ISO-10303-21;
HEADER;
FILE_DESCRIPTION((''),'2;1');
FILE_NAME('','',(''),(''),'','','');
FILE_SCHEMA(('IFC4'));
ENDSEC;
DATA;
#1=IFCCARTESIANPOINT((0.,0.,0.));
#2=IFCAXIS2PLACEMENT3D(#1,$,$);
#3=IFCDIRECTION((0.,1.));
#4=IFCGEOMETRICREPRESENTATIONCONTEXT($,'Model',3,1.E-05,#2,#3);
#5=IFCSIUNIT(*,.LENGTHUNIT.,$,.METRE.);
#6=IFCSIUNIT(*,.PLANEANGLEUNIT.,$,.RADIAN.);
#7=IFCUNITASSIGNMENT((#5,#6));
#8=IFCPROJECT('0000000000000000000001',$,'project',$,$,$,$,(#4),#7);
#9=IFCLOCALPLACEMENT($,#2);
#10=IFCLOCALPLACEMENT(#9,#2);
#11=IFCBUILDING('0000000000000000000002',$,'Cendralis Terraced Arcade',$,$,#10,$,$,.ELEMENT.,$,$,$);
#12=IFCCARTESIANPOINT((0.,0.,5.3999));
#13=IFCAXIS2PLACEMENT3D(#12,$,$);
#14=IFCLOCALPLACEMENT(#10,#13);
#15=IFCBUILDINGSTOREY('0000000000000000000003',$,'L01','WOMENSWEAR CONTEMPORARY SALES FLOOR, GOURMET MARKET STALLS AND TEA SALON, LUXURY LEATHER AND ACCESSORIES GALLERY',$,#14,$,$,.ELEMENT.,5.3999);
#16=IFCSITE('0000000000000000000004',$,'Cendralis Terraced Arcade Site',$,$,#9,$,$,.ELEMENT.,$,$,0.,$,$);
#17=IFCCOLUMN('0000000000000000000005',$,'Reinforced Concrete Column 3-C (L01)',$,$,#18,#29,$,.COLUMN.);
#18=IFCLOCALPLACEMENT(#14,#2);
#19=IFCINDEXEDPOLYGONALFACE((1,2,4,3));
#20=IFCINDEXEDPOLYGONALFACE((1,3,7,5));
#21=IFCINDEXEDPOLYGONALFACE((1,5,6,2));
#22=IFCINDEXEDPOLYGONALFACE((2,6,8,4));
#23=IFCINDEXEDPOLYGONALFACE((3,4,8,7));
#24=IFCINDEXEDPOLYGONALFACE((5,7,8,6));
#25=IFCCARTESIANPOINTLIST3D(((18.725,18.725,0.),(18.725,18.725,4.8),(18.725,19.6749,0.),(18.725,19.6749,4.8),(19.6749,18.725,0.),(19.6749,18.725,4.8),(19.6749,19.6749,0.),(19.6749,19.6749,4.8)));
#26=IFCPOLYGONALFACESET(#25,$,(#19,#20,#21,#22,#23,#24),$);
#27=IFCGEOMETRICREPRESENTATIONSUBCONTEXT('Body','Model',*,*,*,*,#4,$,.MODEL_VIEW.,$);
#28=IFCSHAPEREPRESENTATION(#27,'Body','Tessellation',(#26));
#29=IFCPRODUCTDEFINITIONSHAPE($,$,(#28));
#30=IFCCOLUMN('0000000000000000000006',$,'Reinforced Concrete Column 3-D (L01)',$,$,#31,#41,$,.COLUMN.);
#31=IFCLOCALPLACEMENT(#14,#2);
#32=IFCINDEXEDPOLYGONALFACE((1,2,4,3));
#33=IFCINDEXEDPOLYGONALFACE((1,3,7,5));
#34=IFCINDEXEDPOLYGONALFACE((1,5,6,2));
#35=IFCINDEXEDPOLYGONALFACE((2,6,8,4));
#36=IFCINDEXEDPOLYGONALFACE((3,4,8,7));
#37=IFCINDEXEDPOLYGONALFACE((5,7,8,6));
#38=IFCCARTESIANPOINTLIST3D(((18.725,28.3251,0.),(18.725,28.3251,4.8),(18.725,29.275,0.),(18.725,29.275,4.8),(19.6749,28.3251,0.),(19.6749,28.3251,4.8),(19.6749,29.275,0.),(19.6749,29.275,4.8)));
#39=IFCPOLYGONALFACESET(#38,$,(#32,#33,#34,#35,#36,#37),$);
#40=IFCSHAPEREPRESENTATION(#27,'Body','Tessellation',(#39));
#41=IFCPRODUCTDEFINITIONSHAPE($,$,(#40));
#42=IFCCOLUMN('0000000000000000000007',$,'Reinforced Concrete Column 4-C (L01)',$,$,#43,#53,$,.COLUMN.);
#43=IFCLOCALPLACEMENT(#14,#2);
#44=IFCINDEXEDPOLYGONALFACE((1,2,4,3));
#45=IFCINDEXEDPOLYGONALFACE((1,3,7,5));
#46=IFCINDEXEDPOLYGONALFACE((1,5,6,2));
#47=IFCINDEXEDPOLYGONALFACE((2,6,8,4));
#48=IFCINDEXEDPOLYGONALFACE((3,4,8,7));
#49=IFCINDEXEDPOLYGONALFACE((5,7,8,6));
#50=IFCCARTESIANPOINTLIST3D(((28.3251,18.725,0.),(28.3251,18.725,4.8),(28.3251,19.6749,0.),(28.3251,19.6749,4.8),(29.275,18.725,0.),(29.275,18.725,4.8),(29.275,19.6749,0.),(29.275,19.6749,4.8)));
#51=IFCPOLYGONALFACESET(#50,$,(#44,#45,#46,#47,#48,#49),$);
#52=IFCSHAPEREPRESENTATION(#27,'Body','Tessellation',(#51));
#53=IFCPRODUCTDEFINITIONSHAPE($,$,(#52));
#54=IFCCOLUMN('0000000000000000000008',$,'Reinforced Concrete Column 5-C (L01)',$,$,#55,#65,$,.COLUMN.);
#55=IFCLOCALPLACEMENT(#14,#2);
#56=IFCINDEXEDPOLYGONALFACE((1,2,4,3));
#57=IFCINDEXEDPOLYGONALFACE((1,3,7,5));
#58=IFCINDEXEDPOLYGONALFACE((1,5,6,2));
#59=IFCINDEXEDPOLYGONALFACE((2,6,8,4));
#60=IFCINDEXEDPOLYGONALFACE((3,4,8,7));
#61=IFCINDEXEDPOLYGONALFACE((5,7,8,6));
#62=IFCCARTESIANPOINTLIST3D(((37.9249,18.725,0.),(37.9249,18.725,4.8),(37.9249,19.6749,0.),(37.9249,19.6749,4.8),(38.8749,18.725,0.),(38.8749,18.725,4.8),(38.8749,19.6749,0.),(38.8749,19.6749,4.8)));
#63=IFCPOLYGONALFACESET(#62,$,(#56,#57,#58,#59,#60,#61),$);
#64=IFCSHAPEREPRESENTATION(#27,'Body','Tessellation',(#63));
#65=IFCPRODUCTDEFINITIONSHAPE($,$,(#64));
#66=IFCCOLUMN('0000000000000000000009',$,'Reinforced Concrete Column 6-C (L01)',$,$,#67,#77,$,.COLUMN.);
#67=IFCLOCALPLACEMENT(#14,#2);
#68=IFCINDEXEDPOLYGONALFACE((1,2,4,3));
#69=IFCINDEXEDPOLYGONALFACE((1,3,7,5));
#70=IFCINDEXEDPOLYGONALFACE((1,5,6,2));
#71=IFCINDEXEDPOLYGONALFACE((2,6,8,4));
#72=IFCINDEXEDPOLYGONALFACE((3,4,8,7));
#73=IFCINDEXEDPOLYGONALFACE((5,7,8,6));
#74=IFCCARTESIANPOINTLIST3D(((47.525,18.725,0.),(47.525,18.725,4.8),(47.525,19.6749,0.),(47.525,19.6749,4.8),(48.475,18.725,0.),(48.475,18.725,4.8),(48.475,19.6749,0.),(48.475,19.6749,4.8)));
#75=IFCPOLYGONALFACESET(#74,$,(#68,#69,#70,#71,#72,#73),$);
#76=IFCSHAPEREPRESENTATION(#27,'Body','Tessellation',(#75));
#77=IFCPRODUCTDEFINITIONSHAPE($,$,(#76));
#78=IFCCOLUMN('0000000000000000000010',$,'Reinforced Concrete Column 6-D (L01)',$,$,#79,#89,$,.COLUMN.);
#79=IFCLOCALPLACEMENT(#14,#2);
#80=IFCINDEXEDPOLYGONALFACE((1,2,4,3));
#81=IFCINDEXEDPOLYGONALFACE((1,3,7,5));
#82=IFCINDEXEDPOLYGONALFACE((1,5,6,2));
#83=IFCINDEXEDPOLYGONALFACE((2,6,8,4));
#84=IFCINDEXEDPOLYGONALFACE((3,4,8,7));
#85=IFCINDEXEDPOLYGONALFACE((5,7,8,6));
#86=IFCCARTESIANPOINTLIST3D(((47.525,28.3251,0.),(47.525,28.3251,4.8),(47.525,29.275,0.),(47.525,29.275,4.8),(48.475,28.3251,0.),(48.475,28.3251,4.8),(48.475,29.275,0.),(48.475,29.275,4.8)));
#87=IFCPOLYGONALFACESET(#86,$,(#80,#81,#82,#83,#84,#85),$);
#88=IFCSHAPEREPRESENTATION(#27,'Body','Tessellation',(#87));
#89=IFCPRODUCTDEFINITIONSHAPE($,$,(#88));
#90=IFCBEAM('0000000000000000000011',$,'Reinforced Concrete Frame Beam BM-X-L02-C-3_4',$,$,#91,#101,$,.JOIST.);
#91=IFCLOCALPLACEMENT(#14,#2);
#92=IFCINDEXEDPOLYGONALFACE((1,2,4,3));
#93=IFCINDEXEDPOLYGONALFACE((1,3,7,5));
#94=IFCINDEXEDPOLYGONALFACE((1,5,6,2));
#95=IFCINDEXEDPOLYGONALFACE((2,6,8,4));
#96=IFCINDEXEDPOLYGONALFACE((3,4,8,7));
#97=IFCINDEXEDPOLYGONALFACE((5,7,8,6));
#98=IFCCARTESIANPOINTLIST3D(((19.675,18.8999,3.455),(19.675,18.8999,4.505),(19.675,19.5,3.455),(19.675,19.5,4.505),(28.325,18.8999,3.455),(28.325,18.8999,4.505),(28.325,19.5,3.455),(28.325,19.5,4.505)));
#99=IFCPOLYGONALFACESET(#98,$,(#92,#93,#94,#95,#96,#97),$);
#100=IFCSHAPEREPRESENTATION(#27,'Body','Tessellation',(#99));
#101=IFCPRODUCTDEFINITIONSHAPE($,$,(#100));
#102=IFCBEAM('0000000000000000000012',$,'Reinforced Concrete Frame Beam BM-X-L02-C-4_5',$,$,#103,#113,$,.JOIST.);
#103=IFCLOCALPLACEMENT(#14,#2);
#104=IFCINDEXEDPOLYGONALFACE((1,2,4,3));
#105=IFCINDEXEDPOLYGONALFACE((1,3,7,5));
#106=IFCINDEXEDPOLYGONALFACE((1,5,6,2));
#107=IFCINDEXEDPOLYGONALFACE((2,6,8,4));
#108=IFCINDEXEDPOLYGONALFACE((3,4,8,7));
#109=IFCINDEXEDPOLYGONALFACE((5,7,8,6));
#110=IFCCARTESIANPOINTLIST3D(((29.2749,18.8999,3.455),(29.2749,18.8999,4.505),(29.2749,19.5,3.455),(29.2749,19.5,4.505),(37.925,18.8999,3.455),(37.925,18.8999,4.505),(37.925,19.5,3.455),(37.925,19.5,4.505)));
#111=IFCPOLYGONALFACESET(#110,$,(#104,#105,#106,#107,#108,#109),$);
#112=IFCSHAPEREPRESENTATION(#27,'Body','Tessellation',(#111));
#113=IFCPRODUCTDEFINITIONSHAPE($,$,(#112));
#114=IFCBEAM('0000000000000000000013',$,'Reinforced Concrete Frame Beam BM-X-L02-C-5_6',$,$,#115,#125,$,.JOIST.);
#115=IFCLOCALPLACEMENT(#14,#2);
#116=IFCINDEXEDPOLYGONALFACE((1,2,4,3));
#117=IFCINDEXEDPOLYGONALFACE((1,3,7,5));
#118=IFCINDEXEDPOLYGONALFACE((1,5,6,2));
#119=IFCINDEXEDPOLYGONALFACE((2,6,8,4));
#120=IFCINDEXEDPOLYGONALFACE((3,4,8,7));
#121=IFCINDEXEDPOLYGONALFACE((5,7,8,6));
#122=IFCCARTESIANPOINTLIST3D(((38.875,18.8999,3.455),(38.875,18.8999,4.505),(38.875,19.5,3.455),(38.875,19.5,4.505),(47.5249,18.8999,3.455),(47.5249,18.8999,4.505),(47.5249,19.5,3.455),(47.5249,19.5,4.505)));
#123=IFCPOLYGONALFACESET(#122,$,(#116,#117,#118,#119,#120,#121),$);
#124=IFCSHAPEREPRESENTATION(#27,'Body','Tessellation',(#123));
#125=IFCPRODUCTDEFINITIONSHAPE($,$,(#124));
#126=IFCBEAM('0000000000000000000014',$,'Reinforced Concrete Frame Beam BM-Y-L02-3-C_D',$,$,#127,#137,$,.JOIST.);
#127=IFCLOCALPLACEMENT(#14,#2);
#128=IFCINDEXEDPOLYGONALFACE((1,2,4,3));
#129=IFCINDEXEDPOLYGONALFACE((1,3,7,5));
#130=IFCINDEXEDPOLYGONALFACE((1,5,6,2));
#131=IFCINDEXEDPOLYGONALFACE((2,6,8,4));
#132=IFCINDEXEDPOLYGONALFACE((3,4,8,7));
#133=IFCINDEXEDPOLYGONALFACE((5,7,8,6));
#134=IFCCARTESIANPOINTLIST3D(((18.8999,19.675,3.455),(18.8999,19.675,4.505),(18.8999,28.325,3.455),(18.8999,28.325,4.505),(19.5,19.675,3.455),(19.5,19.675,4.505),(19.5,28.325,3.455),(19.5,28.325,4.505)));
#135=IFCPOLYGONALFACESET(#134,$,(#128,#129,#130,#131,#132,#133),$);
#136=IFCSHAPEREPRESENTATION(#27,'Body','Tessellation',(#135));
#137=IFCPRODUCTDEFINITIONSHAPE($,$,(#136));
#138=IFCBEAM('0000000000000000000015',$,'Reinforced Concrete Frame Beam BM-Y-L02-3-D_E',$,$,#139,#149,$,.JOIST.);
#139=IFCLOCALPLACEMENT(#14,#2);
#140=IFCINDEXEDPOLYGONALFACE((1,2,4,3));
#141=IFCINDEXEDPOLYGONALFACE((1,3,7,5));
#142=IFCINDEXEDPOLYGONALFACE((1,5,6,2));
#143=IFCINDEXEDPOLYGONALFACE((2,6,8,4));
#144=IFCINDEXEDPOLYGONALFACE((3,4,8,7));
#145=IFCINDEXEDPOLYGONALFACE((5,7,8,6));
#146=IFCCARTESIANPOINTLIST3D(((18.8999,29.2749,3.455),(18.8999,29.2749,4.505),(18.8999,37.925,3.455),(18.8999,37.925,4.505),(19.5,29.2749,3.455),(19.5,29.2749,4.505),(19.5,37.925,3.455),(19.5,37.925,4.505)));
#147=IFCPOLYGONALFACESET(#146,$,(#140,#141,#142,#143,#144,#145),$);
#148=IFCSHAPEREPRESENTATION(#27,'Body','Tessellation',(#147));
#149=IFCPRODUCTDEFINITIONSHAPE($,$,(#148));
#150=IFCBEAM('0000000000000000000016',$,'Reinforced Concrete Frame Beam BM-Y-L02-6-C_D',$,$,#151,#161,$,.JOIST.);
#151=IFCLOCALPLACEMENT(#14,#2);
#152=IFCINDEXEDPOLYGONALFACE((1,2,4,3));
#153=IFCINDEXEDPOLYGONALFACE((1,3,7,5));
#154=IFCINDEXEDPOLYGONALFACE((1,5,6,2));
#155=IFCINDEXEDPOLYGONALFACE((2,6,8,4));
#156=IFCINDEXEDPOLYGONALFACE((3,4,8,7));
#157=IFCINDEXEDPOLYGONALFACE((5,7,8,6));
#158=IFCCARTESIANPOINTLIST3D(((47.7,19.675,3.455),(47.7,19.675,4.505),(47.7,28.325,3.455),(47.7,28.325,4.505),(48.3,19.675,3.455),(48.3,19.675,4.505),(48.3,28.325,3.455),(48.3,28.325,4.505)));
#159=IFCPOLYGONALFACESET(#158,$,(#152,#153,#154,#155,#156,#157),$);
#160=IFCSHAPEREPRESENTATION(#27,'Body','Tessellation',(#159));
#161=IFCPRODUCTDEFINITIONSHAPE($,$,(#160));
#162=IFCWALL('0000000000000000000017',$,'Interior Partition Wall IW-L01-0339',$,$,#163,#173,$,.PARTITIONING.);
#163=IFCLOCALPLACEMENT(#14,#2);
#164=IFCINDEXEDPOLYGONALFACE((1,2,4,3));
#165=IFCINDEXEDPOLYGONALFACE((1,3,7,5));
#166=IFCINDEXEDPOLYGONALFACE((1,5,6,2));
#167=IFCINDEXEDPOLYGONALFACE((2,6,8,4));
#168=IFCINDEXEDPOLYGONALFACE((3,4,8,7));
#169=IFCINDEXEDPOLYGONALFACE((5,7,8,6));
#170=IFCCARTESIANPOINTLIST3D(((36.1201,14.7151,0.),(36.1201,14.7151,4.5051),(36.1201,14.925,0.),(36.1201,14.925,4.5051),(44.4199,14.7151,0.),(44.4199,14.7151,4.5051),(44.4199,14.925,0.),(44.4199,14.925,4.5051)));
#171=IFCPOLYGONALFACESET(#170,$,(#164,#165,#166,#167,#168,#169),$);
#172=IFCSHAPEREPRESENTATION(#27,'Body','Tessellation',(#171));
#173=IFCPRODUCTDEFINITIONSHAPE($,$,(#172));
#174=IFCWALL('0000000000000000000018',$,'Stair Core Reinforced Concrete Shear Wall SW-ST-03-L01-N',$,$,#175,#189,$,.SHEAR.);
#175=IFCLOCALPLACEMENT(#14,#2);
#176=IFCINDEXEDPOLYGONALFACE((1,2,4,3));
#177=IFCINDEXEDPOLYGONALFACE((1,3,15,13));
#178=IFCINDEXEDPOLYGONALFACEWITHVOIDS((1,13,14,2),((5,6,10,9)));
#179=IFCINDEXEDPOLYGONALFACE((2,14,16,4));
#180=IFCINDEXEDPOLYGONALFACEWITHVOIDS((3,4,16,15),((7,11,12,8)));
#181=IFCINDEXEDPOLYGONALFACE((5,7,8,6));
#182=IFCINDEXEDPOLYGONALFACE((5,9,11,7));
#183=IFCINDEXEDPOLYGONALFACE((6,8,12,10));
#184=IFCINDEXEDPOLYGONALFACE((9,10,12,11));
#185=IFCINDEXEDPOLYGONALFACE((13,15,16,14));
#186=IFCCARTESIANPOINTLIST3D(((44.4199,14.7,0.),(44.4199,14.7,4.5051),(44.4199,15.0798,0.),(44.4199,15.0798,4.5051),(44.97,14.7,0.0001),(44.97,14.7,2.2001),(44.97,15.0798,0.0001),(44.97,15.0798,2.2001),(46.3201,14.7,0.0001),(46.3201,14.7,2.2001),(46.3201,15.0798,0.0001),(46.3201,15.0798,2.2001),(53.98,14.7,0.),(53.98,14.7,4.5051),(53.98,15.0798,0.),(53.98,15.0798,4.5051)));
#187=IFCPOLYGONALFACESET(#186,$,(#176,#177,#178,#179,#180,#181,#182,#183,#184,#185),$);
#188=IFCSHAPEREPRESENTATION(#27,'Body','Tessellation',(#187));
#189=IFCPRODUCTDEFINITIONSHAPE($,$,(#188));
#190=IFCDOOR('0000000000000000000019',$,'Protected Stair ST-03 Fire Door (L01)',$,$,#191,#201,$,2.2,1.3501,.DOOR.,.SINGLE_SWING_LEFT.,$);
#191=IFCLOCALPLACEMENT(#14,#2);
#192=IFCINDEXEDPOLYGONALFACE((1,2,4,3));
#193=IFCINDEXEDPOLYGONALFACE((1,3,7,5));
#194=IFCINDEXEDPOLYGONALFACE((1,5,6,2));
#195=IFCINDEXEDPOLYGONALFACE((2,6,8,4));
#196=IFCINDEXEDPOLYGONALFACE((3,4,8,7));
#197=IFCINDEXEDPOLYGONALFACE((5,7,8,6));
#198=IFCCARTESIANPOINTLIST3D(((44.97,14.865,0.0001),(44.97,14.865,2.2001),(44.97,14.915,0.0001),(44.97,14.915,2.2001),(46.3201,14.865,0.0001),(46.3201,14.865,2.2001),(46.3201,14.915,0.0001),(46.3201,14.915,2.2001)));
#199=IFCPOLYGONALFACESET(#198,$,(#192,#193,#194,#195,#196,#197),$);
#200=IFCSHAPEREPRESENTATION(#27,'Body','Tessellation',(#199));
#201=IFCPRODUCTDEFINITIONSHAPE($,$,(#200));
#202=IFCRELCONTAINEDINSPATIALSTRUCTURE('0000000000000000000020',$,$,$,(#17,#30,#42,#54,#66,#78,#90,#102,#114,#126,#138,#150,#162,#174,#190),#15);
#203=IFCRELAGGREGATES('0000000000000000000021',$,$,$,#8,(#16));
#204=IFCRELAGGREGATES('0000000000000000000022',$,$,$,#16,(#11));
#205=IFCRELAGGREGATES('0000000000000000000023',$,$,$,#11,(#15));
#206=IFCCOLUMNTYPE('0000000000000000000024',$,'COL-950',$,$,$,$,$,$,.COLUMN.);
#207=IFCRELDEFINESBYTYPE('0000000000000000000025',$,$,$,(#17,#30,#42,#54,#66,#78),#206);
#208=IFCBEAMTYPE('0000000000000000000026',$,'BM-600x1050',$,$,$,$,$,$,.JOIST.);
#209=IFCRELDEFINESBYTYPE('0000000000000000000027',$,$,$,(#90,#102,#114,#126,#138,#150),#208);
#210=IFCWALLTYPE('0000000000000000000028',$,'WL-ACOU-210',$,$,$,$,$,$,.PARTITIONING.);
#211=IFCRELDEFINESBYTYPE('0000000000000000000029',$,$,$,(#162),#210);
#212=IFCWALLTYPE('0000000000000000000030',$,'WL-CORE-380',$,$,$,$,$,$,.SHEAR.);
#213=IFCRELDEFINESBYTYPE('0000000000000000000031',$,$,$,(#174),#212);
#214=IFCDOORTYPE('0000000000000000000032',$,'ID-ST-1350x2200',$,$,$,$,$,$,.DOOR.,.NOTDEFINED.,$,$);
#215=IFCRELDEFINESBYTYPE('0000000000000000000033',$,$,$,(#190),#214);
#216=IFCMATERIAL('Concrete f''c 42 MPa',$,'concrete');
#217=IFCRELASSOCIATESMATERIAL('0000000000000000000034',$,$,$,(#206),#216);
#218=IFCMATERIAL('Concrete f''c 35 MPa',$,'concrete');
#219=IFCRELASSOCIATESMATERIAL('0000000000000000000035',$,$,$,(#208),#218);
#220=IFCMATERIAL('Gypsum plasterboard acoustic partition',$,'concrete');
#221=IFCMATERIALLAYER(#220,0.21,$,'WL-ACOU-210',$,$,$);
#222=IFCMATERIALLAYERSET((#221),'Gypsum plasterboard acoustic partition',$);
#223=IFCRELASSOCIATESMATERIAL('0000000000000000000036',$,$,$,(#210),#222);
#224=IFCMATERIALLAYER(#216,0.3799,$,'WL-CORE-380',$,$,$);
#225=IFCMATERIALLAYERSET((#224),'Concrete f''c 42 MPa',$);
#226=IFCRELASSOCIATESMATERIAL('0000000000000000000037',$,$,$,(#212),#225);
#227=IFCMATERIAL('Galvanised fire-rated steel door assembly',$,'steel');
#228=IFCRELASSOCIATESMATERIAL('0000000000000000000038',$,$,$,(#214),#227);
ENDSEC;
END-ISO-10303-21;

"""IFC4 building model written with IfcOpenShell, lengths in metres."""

from ifc_helpers import new_model, si_unit, direction, frame, frame_2d, origin, origin_2d, place, context, subcontext, project, spatial, rectangle, extrude, material, layer, layer_set, material_profile, profile_set, type_object, element, fill, save


model = new_model("IFC4")

# Units and contexts
model_context = context("Model", 3, precision=1e-05, world=origin(), true_north=direction((0.0, 1.0)))
body_context = subcontext(model_context, "Body", "Model", "MODEL_VIEW")
ifc_project = project(units=[si_unit("LENGTHUNIT", "METRE"), si_unit("PLANEANGLEUNIT", "RADIAN")], contexts=[model_context])

# Site, building, storey
site_placement = place(None, origin())
site = spatial("IfcSite", under=ifc_project, at=site_placement, Name="Cendralis Terraced Arcade Site", CompositionType="ELEMENT", RefElevation=0.0)
building_placement = place(site_placement, origin())
building = spatial("IfcBuilding", under=site, at=building_placement, Name="Cendralis Terraced Arcade", CompositionType="ELEMENT")
storey_placement = place(building_placement, frame((0.0, 0.0, 5.3999)))
storey = spatial("IfcBuildingStorey", under=building, at=storey_placement, Name="L01", Description="WOMENSWEAR CONTEMPORARY SALES FLOOR, GOURMET MARKET STALLS AND TEA SALON, LUXURY LEATHER AND ACCESSORIES GALLERY", CompositionType="ELEMENT", Elevation=5.3999)

# Columns
ifc_material_1 = material(Name="Concrete f'c 42 MPa", Category="concrete")
ifc_material_profile_1 = material_profile(ifc_material_1, rectangle(XDim=0.95, YDim=0.95, at=origin_2d()), Name="RC-COL-950x950", Category="LoadBearing")
ifc_profile_set_1 = profile_set([ifc_material_profile_1], Name="Concrete f'c 42 MPa")
column_type = type_object("IfcColumnType", Name="COL-950", PredefinedType="COLUMN", material=ifc_profile_set_1)
for number, where, z_axis, x_axis, name in (
    (1, (19.2, 19.2, 0.0), (0.0, 0.0, 1.0), (1.0, 0.0, 0.0), "Reinforced Concrete Column 3-C (L01)"),
    (2, (19.2, 28.8, 0.0), (0.0, 0.0, 1.0), (1.0, 0.0, 0.0), "Reinforced Concrete Column 3-D (L01)"),
    (3, (28.8, 19.2, 0.0), (0.0, 0.0, 1.0), (1.0, 0.0, 0.0), "Reinforced Concrete Column 4-C (L01)"),
    (4, (38.3999, 19.2, 0.0), (0.0, 0.0, 1.0), (1.0, 0.0, 0.0), "Reinforced Concrete Column 5-C (L01)"),
    (5, (48.0, 19.2, 0.0), (0.0, 0.0, 1.0), (1.0, 0.0, 0.0), "Reinforced Concrete Column 6-C (L01)"),
    (6, (48.0, 28.8, 0.0), (0.0, 0.0, 1.0), (1.0, 0.0, 0.0), "Reinforced Concrete Column 6-D (L01)"),
):
    element("IfcColumn", number, at=place(storey_placement, frame(where, z_axis=z_axis, x_axis=x_axis)), inside=storey, type_object=column_type, Name=name, PredefinedType="COLUMN", context=body_context, shape_type="SweptSolid", body=[
        extrude(rectangle(XDim=0.95, YDim=0.95, at=origin_2d()), origin(), (0.0, 0.0, 1.0), 4.8),
    ])

# Beams
ifc_material_2 = material(Name="Concrete f'c 35 MPa", Category="concrete")
ifc_material_profile_2 = material_profile(ifc_material_2, rectangle(XDim=0.6001, YDim=1.05, at=origin_2d()), Name="RC-BM-600x1050", Category="LoadBearing")
ifc_profile_set_2 = profile_set([ifc_material_profile_2], Name="Concrete f'c 35 MPa")
beam_type = type_object("IfcBeamType", Name="BM-600x1050", PredefinedType="JOIST", material=ifc_profile_set_2)
beam_1_placement = place(storey_placement, frame((19.675, 19.2, 3.98), z_axis=(1.0, 0.0, 0.0), x_axis=(0.0, 1.0, 0.0)))
element("IfcBeam", 7, at=beam_1_placement, inside=storey, type_object=beam_type, Name="Reinforced Concrete Frame Beam BM-X-L02-C-3_4", PredefinedType="JOIST", context=body_context, shape_type="SweptSolid", body=[
    extrude(rectangle(XDim=0.6001, YDim=1.05, at=origin_2d()), origin(), (0.0, 0.0, 1.0), 8.6499),
])
beam_2_placement = place(storey_placement, frame((29.2749, 19.2, 3.98), z_axis=(1.0, 0.0, 0.0), x_axis=(0.0, 1.0, 0.0)))
element("IfcBeam", 8, at=beam_2_placement, inside=storey, type_object=beam_type, Name="Reinforced Concrete Frame Beam BM-X-L02-C-4_5", PredefinedType="JOIST", context=body_context, shape_type="SweptSolid", body=[
    extrude(rectangle(XDim=0.6001, YDim=1.05, at=origin_2d()), origin(), (0.0, 0.0, 1.0), 8.6501),
])
for number, where, z_axis, x_axis, name in (
    (9, (38.875, 19.2, 3.98), (1.0, 0.0, 0.0), (0.0, 1.0, 0.0), "Reinforced Concrete Frame Beam BM-X-L02-C-5_6"),
    (10, (19.2, 19.675, 3.98), (0.0, 1.0, 0.0), (-1.0, 0.0, 0.0), "Reinforced Concrete Frame Beam BM-Y-L02-3-C_D"),
):
    element("IfcBeam", number, at=place(storey_placement, frame(where, z_axis=z_axis, x_axis=x_axis)), inside=storey, type_object=beam_type, Name=name, PredefinedType="JOIST", context=body_context, shape_type="SweptSolid", body=[
        extrude(rectangle(XDim=0.6001, YDim=1.05, at=origin_2d()), origin(), (0.0, 0.0, 1.0), 8.6499),
    ])
beam_3_placement = place(storey_placement, frame((19.2, 29.2749, 3.98), z_axis=(0.0, 1.0, 0.0), x_axis=(-1.0, 0.0, 0.0)))
element("IfcBeam", 11, at=beam_3_placement, inside=storey, type_object=beam_type, Name="Reinforced Concrete Frame Beam BM-Y-L02-3-D_E", PredefinedType="JOIST", context=body_context, shape_type="SweptSolid", body=[
    extrude(rectangle(XDim=0.6001, YDim=1.05, at=origin_2d()), origin(), (0.0, 0.0, 1.0), 8.6501),
])
beam_4_placement = place(storey_placement, frame((48.0, 19.675, 3.98), z_axis=(0.0, 1.0, 0.0), x_axis=(-1.0, 0.0, 0.0)))
element("IfcBeam", 12, at=beam_4_placement, inside=storey, type_object=beam_type, Name="Reinforced Concrete Frame Beam BM-Y-L02-6-C_D", PredefinedType="JOIST", context=body_context, shape_type="SweptSolid", body=[
    extrude(rectangle(XDim=0.6001, YDim=1.05, at=origin_2d()), origin(), (0.0, 0.0, 1.0), 8.6499),
])

# Wall
ifc_material_3 = material(Name="Gypsum plasterboard acoustic partition", Category="concrete")
ifc_layer_1 = layer(ifc_material_3, 0.21, Name="WL-ACOU-210")
ifc_layer_set_1 = layer_set([ifc_layer_1], Name="Gypsum plasterboard acoustic partition")
wall_type_1 = type_object("IfcWallType", Name="WL-ACOU-210", PredefinedType="PARTITIONING", material=ifc_layer_set_1)
wall_1_placement = place(storey_placement, frame((36.1201, 14.8201, 0.0), z_axis=(0.0, 0.0, 1.0), x_axis=(1.0, 0.0, 0.0)))
element("IfcWall", 13, at=wall_1_placement, inside=storey, type_object=wall_type_1, Name="Interior Partition Wall IW-L01-0339", PredefinedType="PARTITIONING", context=body_context, shape_type="SweptSolid", body=[
    extrude(rectangle(XDim=8.2998, YDim=0.21, at=frame_2d((4.1499, 0.0))), origin(), (0.0, 0.0, 1.0), 4.5051),
])

# Wall, opening, door
ifc_layer_2 = layer(ifc_material_1, 0.3799, Name="WL-CORE-380")
ifc_layer_set_2 = layer_set([ifc_layer_2], Name="Concrete f'c 42 MPa")
wall_type_2 = type_object("IfcWallType", Name="WL-CORE-380", PredefinedType="SHEAR", material=ifc_layer_set_2)
wall_2_placement = place(storey_placement, frame((44.4199, 14.8899, 0.0), z_axis=(0.0, 0.0, 1.0), x_axis=(1.0, 0.0, 0.0)))
wall_2 = element("IfcWall", 14, at=wall_2_placement, inside=storey, type_object=wall_type_2, Name="Stair Core Reinforced Concrete Shear Wall SW-ST-03-L01-N", PredefinedType="SHEAR", context=body_context, shape_type="SweptSolid", body=[
    extrude(rectangle(XDim=9.5601, YDim=0.3799, at=frame_2d((4.78, 0.0))), origin(), (0.0, 0.0, 1.0), 4.5051),
])
opening_1_placement = place(wall_2_placement, frame((0.55, 0.0, 0.0)))
opening_1 = element("IfcOpeningElement", 15, at=opening_1_placement, cuts=wall_2, PredefinedType="OPENING", context=body_context, shape_type="SweptSolid", body=[
    extrude(rectangle(XDim=1.3501, YDim=2.2, at=frame_2d((0.675, 1.1001))), frame((0.0, 0.2019, 0.0), z_axis=(0.0, -1.0, 0.0), x_axis=(1.0, 0.0, 0.0)), (0.0, 0.0, 1.0), 0.4038),
])
ifc_material_4 = material(Name="Galvanised fire-rated steel door assembly", Category="steel")
door_type_1 = type_object("IfcDoorType", Name="ID-ST-1350x2200", OperationType="NOTDEFINED", PredefinedType="DOOR", material=ifc_material_4)
door_1_placement = place(opening_1_placement, frame((1.3501, 0.0, 0.0), z_axis=(0.0, 0.0, 1.0), x_axis=(-1.0, 0.0, 0.0)))
door_1 = element("IfcDoor", 16, at=door_1_placement, inside=storey, type_object=door_type_1, Name="Protected Stair ST-03 Fire Door (L01)", OperationType="SINGLE_SWING_LEFT", OverallHeight=2.2, OverallWidth=1.3501, PredefinedType="DOOR", context=body_context, shape_type="SweptSolid", body=[
    extrude(rectangle(XDim=1.3501, YDim=2.2, at=frame_2d((0.675, 1.1001))), frame((0.0, 0.0249, 0.0), z_axis=(0.0, -1.0, 0.0), x_axis=(1.0, 0.0, 0.0)), (0.0, 0.0, 1.0), 0.05),
])
fill(opening_1, door_1)

save(model, "model.ifc")
